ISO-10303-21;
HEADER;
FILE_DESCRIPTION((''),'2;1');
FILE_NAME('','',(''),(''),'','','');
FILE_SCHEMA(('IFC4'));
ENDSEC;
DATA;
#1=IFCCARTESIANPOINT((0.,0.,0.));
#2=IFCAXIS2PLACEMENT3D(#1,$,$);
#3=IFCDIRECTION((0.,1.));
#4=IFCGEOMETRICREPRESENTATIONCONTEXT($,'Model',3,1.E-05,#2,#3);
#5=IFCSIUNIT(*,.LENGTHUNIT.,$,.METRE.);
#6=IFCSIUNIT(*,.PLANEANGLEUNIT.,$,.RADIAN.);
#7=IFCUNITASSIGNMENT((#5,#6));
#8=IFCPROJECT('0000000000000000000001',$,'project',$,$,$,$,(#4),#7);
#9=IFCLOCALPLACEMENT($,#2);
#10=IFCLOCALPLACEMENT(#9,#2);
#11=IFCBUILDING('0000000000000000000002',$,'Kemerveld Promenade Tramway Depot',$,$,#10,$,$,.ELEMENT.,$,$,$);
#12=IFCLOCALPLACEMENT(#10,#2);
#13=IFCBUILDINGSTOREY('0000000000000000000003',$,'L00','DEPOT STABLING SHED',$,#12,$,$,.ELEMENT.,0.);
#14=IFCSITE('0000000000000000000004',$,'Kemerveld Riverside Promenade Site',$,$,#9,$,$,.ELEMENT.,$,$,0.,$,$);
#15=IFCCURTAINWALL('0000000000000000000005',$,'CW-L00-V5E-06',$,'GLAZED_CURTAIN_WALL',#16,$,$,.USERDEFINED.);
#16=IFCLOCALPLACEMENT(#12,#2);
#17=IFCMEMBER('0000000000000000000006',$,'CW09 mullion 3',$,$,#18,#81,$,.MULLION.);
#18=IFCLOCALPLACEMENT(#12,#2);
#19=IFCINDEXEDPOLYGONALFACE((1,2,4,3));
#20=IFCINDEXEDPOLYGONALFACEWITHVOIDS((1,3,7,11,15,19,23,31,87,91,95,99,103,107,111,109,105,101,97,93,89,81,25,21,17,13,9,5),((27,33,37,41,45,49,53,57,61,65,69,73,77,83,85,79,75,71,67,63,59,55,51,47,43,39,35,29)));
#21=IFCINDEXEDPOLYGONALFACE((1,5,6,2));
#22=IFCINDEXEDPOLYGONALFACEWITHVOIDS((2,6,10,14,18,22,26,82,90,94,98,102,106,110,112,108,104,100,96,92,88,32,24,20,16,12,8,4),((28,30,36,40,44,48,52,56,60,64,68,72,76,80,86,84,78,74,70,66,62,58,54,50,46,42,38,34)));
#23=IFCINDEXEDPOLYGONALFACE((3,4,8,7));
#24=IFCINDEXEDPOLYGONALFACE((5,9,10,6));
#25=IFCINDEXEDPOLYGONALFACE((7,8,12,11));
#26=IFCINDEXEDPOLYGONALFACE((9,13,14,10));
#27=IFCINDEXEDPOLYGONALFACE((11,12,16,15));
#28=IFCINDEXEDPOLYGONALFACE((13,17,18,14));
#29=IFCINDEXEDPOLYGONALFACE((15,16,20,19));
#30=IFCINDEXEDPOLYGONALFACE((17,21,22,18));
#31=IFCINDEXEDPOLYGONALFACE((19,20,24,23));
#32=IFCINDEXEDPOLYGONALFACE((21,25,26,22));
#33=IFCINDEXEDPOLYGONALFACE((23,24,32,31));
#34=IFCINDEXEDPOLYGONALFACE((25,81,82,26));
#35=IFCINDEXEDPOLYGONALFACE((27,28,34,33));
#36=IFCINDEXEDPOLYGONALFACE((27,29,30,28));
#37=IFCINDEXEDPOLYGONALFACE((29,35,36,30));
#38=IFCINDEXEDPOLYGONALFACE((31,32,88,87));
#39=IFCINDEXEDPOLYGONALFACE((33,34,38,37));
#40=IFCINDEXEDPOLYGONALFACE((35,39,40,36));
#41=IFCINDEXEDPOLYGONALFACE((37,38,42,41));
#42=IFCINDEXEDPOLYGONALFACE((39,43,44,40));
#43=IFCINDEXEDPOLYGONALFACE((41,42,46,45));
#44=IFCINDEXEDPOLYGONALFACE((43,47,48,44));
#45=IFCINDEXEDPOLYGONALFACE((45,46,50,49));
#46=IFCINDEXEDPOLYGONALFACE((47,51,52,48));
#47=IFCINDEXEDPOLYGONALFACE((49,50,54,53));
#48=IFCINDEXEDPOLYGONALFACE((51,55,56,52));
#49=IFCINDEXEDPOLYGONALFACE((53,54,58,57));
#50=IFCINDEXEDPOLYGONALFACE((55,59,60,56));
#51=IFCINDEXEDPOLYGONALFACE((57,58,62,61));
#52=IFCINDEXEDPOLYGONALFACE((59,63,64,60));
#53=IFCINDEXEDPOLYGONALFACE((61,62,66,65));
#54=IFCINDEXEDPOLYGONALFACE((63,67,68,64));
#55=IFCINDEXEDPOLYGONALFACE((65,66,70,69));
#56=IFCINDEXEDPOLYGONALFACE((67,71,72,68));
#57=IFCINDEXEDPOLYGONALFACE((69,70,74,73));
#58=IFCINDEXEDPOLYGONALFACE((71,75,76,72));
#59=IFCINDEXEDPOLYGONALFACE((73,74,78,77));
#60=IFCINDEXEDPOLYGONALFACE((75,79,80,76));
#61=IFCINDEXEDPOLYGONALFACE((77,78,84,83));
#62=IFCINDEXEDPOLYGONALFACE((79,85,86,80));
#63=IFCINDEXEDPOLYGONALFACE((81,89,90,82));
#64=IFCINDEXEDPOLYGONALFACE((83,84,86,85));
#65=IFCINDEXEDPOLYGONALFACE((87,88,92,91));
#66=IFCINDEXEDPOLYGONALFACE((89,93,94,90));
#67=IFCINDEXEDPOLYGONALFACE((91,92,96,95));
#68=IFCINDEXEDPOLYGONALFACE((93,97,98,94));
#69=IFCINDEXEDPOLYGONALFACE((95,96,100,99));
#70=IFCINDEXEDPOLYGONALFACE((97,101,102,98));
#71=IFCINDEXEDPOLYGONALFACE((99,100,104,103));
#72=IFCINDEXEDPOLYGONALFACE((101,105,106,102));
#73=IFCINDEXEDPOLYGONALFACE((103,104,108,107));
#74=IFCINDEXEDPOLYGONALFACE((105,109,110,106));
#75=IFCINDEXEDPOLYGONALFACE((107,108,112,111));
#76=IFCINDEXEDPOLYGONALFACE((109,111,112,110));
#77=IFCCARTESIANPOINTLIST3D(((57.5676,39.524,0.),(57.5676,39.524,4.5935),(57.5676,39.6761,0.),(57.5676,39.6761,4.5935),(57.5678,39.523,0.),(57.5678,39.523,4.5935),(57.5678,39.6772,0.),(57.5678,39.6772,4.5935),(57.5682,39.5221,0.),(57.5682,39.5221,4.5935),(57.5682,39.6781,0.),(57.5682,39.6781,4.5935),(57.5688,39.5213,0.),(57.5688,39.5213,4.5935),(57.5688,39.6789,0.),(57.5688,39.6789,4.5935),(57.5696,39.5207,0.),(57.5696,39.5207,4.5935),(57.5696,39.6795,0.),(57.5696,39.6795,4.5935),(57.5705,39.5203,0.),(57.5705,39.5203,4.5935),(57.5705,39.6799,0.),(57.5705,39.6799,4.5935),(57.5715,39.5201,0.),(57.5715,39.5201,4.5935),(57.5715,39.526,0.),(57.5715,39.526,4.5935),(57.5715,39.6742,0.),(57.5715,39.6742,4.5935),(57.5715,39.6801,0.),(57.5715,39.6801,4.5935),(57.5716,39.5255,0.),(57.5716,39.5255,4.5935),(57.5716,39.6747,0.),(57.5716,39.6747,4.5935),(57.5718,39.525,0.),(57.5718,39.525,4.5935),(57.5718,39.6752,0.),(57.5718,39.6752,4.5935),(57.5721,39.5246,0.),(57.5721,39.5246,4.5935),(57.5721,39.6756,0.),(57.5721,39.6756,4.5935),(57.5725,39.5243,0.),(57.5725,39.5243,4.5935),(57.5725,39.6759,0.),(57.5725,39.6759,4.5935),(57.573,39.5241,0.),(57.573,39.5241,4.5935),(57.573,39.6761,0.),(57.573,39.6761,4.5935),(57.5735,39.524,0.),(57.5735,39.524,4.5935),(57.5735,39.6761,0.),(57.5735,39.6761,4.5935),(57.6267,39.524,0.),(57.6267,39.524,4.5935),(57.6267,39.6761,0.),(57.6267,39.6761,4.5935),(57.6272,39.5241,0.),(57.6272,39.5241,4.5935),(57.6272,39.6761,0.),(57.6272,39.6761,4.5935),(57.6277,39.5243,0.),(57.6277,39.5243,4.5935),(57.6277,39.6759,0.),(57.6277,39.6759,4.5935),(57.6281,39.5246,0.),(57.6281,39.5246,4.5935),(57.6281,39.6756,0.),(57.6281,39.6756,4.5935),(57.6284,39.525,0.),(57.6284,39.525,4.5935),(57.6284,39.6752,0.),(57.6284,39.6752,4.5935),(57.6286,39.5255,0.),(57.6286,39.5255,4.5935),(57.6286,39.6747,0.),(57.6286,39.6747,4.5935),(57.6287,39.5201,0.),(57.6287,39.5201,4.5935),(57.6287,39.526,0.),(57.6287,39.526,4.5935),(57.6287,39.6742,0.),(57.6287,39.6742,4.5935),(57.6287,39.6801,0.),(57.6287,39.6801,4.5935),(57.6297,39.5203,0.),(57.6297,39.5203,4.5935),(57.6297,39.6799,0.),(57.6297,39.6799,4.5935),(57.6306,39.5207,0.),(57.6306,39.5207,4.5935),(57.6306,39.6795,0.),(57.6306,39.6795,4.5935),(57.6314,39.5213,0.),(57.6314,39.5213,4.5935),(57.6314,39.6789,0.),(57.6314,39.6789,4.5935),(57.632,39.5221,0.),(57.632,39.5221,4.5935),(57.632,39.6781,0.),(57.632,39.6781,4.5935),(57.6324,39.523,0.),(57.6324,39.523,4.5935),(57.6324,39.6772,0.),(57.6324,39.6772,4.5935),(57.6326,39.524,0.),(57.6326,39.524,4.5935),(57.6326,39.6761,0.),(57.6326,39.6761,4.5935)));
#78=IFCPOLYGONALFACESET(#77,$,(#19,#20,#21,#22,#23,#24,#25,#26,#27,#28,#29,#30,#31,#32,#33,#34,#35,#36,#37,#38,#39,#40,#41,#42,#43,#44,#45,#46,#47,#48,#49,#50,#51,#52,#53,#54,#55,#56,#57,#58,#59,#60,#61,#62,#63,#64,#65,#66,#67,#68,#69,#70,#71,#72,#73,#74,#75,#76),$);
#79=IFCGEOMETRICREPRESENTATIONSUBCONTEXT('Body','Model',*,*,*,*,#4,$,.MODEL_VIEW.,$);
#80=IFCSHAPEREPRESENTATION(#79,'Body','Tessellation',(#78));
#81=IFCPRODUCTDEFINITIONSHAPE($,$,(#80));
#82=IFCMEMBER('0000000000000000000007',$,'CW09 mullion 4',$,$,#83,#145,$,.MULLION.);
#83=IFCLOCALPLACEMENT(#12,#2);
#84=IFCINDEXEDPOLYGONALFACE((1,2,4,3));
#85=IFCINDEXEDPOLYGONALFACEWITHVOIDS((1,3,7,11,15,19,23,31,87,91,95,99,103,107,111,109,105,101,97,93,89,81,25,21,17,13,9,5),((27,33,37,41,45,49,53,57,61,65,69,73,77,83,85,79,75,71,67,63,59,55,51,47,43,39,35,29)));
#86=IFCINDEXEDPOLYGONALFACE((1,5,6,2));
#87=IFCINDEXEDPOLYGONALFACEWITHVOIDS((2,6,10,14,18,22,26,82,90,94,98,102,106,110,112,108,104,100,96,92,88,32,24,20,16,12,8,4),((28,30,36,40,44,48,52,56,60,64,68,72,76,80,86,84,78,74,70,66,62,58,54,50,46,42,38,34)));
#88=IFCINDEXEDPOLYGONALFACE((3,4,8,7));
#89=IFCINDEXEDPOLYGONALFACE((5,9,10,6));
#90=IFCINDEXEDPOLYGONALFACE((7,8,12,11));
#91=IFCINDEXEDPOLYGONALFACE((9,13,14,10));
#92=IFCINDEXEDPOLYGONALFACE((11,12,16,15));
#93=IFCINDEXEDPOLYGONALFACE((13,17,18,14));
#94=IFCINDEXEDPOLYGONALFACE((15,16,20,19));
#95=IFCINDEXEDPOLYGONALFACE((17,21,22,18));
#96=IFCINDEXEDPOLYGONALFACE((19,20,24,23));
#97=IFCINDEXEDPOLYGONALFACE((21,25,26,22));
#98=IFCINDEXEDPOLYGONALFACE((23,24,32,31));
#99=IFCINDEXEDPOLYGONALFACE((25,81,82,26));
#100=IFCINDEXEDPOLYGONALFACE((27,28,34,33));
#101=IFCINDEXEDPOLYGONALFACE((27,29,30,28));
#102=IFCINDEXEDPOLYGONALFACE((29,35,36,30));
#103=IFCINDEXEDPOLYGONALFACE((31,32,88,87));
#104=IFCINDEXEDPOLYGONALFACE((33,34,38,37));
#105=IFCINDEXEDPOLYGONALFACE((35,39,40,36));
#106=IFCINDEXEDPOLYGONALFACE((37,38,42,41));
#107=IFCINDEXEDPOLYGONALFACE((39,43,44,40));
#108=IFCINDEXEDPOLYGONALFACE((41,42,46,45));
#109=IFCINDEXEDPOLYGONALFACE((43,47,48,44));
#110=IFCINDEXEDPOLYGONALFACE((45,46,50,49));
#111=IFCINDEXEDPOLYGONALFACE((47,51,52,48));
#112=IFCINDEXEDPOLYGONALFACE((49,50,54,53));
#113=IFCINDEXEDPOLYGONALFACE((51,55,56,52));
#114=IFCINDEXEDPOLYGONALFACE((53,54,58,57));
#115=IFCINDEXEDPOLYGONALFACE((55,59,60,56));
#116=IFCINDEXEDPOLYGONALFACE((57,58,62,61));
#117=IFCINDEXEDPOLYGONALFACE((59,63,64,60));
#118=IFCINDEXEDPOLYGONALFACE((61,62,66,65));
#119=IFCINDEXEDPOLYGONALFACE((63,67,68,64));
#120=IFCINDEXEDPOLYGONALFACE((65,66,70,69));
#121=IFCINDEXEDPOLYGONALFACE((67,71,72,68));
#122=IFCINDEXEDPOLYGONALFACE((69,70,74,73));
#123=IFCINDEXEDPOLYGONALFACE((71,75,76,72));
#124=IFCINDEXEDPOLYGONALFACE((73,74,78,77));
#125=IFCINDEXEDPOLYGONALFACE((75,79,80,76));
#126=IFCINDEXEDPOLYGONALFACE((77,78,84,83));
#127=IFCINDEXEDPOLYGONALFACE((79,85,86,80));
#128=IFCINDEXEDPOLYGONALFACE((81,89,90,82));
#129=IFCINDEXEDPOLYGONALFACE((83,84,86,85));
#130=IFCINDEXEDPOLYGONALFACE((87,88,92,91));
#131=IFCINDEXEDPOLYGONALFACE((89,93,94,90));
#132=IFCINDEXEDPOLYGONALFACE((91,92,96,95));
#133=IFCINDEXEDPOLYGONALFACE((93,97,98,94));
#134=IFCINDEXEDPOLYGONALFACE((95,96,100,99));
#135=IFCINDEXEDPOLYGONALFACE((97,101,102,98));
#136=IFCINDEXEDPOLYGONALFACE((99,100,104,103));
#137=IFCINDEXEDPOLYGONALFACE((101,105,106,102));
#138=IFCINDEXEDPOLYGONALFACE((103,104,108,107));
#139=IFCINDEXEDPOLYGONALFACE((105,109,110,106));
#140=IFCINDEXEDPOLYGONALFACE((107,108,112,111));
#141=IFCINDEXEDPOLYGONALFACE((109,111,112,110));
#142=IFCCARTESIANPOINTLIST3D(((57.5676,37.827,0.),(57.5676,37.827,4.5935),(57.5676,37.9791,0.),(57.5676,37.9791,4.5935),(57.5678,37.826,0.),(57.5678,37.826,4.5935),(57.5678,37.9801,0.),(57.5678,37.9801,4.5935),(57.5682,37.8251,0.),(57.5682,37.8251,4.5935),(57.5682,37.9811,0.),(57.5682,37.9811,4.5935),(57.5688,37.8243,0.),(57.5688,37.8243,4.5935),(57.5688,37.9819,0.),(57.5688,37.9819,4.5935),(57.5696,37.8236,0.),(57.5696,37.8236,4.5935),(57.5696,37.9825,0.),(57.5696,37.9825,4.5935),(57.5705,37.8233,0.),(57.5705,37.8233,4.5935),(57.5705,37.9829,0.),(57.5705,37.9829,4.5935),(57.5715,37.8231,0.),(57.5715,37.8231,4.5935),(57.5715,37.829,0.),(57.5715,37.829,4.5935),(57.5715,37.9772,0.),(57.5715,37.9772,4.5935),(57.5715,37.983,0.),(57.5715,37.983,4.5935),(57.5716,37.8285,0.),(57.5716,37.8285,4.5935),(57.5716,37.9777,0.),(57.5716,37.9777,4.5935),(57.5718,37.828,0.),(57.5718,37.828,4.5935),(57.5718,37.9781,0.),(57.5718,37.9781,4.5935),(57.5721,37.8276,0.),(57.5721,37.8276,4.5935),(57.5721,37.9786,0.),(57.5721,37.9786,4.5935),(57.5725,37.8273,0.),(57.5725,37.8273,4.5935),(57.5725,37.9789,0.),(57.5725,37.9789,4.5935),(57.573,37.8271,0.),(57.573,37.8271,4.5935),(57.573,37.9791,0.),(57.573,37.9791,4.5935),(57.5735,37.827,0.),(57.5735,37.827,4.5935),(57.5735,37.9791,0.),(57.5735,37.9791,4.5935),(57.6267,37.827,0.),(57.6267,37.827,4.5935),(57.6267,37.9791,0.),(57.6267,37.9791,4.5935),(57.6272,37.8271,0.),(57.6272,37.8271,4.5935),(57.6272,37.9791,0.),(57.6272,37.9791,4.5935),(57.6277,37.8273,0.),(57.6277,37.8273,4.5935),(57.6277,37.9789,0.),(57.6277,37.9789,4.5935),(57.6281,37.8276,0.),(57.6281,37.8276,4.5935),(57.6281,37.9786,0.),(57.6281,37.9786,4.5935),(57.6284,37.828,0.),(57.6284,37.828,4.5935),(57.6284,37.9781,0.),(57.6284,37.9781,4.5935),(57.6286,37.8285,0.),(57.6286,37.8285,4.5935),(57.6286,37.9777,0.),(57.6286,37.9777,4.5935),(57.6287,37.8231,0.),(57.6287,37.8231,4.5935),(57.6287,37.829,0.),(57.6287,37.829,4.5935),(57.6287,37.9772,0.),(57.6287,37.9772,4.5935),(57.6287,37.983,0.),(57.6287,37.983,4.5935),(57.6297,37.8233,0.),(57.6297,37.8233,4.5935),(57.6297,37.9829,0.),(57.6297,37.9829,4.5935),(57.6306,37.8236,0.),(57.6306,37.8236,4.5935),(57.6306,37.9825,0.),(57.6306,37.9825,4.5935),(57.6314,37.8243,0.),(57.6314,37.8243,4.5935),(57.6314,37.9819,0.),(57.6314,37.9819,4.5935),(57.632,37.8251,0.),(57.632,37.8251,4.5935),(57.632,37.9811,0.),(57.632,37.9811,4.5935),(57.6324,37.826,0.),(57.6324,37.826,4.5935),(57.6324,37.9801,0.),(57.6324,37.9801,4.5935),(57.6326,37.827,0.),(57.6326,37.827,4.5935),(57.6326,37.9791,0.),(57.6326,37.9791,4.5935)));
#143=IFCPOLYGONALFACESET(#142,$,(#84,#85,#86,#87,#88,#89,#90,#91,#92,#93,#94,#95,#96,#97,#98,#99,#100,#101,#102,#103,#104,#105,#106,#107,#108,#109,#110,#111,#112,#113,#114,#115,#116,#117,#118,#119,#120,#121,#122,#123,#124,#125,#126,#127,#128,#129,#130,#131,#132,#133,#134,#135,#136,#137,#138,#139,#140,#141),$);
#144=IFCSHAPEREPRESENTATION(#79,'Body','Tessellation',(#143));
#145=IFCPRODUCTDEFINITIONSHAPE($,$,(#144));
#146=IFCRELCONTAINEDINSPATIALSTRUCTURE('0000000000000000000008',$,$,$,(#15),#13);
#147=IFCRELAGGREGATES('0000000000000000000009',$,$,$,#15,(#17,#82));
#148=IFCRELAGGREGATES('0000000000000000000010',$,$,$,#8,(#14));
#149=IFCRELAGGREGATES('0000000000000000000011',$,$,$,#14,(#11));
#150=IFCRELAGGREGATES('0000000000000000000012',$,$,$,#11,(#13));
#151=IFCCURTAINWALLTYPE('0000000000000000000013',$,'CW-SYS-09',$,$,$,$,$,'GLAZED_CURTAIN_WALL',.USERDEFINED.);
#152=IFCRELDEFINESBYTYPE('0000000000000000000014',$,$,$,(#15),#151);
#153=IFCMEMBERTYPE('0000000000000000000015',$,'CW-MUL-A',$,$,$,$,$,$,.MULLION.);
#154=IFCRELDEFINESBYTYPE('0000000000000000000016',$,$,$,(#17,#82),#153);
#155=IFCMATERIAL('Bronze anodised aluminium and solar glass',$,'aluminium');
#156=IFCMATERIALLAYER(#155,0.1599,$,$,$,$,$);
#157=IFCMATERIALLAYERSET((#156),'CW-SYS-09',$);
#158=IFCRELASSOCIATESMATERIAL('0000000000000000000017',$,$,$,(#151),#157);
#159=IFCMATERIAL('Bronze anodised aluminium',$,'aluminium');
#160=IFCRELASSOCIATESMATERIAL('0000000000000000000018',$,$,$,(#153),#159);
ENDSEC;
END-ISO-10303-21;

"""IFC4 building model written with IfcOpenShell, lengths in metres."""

from ifc_helpers import new_model, si_unit, direction, frame, origin, origin_2d, place, context, subcontext, project, spatial, hollow_rectangle, extrude, material, layer, layer_set, material_profile, profile_set, type_object, element, aggregate, save


model = new_model("IFC4")

# Units and contexts
model_context = context("Model", 3, precision=1e-05, world=origin(), true_north=direction((0.0, 1.0)))
body_context = subcontext(model_context, "Body", "Model", "MODEL_VIEW")
ifc_project = project(units=[si_unit("LENGTHUNIT", "METRE"), si_unit("PLANEANGLEUNIT", "RADIAN")], contexts=[model_context])

# Site, building, storey
site_placement = place(None, origin())
site = spatial("IfcSite", under=ifc_project, at=site_placement, Name="Kemerveld Riverside Promenade Site", CompositionType="ELEMENT", RefElevation=0.0)
building_placement = place(site_placement, origin())
building = spatial("IfcBuilding", under=site, at=building_placement, Name="Kemerveld Promenade Tramway Depot", CompositionType="ELEMENT")
storey_placement = place(building_placement, origin())
storey = spatial("IfcBuildingStorey", under=building, at=storey_placement, Name="L00", Description="DEPOT STABLING SHED", CompositionType="ELEMENT", Elevation=0.0)

# Curtain wall, members
ifc_material_1 = material(Name="Bronze anodised aluminium and solar glass", Category="aluminium")
ifc_layer_1 = layer(ifc_material_1, 0.1599)
ifc_layer_set_1 = layer_set([ifc_layer_1], Name="CW-SYS-09")
curtain_wall_type = type_object("IfcCurtainWallType", Name="CW-SYS-09", ElementType="GLAZED_CURTAIN_WALL", PredefinedType="USERDEFINED", material=ifc_layer_set_1)
curtain_wall_placement = place(storey_placement, origin())
curtain_wall = element("IfcCurtainWall", 1, at=curtain_wall_placement, inside=storey, type_object=curtain_wall_type, Name="CW-L00-V5E-06", ObjectType="GLAZED_CURTAIN_WALL", PredefinedType="USERDEFINED")
ifc_material_2 = material(Name="Bronze anodised aluminium", Category="aluminium")
ifc_material_profile_1 = material_profile(ifc_material_2, hollow_rectangle(XDim=0.0649, YDim=0.1599, WallThickness=0.0039, InnerFilletRadius=0.002, OuterFilletRadius=0.0039, at=origin_2d()), Name="CW-MUL-160x65")
ifc_profile_set_1 = profile_set([ifc_material_profile_1], Name="Bronze anodised aluminium")
member_type_1 = type_object("IfcMemberType", Name="CW-MUL-A", PredefinedType="MULLION", material=ifc_profile_set_1)
member_1_placement = place(storey_placement, frame((57.6001, 39.6001, 0.0), z_axis=(0.0, 0.0, 1.0), x_axis=(1.0, 0.0, 0.0)))
member_1 = element("IfcMember", 2, at=member_1_placement, type_object=member_type_1, Name="CW09 mullion 3", PredefinedType="MULLION", context=body_context, shape_type="SweptSolid", body=[
    extrude(hollow_rectangle(XDim=0.0649, YDim=0.1599, WallThickness=0.0039, InnerFilletRadius=0.002, OuterFilletRadius=0.0039, at=origin_2d()), origin(), (0.0, 0.0, 1.0), 4.5935),
])
member_2_placement = place(storey_placement, frame((57.6001, 37.9031, 0.0), z_axis=(0.0, 0.0, 1.0), x_axis=(1.0, 0.0, 0.0)))
member_2 = element("IfcMember", 3, at=member_2_placement, type_object=member_type_1, Name="CW09 mullion 4", PredefinedType="MULLION", context=body_context, shape_type="SweptSolid", body=[
    extrude(hollow_rectangle(XDim=0.0649, YDim=0.1599, WallThickness=0.0039, InnerFilletRadius=0.002, OuterFilletRadius=0.0039, at=origin_2d()), origin(), (0.0, 0.0, 1.0), 4.5935),
])
aggregate(curtain_wall, [member_1, member_2])

save(model, "model.ifc")
